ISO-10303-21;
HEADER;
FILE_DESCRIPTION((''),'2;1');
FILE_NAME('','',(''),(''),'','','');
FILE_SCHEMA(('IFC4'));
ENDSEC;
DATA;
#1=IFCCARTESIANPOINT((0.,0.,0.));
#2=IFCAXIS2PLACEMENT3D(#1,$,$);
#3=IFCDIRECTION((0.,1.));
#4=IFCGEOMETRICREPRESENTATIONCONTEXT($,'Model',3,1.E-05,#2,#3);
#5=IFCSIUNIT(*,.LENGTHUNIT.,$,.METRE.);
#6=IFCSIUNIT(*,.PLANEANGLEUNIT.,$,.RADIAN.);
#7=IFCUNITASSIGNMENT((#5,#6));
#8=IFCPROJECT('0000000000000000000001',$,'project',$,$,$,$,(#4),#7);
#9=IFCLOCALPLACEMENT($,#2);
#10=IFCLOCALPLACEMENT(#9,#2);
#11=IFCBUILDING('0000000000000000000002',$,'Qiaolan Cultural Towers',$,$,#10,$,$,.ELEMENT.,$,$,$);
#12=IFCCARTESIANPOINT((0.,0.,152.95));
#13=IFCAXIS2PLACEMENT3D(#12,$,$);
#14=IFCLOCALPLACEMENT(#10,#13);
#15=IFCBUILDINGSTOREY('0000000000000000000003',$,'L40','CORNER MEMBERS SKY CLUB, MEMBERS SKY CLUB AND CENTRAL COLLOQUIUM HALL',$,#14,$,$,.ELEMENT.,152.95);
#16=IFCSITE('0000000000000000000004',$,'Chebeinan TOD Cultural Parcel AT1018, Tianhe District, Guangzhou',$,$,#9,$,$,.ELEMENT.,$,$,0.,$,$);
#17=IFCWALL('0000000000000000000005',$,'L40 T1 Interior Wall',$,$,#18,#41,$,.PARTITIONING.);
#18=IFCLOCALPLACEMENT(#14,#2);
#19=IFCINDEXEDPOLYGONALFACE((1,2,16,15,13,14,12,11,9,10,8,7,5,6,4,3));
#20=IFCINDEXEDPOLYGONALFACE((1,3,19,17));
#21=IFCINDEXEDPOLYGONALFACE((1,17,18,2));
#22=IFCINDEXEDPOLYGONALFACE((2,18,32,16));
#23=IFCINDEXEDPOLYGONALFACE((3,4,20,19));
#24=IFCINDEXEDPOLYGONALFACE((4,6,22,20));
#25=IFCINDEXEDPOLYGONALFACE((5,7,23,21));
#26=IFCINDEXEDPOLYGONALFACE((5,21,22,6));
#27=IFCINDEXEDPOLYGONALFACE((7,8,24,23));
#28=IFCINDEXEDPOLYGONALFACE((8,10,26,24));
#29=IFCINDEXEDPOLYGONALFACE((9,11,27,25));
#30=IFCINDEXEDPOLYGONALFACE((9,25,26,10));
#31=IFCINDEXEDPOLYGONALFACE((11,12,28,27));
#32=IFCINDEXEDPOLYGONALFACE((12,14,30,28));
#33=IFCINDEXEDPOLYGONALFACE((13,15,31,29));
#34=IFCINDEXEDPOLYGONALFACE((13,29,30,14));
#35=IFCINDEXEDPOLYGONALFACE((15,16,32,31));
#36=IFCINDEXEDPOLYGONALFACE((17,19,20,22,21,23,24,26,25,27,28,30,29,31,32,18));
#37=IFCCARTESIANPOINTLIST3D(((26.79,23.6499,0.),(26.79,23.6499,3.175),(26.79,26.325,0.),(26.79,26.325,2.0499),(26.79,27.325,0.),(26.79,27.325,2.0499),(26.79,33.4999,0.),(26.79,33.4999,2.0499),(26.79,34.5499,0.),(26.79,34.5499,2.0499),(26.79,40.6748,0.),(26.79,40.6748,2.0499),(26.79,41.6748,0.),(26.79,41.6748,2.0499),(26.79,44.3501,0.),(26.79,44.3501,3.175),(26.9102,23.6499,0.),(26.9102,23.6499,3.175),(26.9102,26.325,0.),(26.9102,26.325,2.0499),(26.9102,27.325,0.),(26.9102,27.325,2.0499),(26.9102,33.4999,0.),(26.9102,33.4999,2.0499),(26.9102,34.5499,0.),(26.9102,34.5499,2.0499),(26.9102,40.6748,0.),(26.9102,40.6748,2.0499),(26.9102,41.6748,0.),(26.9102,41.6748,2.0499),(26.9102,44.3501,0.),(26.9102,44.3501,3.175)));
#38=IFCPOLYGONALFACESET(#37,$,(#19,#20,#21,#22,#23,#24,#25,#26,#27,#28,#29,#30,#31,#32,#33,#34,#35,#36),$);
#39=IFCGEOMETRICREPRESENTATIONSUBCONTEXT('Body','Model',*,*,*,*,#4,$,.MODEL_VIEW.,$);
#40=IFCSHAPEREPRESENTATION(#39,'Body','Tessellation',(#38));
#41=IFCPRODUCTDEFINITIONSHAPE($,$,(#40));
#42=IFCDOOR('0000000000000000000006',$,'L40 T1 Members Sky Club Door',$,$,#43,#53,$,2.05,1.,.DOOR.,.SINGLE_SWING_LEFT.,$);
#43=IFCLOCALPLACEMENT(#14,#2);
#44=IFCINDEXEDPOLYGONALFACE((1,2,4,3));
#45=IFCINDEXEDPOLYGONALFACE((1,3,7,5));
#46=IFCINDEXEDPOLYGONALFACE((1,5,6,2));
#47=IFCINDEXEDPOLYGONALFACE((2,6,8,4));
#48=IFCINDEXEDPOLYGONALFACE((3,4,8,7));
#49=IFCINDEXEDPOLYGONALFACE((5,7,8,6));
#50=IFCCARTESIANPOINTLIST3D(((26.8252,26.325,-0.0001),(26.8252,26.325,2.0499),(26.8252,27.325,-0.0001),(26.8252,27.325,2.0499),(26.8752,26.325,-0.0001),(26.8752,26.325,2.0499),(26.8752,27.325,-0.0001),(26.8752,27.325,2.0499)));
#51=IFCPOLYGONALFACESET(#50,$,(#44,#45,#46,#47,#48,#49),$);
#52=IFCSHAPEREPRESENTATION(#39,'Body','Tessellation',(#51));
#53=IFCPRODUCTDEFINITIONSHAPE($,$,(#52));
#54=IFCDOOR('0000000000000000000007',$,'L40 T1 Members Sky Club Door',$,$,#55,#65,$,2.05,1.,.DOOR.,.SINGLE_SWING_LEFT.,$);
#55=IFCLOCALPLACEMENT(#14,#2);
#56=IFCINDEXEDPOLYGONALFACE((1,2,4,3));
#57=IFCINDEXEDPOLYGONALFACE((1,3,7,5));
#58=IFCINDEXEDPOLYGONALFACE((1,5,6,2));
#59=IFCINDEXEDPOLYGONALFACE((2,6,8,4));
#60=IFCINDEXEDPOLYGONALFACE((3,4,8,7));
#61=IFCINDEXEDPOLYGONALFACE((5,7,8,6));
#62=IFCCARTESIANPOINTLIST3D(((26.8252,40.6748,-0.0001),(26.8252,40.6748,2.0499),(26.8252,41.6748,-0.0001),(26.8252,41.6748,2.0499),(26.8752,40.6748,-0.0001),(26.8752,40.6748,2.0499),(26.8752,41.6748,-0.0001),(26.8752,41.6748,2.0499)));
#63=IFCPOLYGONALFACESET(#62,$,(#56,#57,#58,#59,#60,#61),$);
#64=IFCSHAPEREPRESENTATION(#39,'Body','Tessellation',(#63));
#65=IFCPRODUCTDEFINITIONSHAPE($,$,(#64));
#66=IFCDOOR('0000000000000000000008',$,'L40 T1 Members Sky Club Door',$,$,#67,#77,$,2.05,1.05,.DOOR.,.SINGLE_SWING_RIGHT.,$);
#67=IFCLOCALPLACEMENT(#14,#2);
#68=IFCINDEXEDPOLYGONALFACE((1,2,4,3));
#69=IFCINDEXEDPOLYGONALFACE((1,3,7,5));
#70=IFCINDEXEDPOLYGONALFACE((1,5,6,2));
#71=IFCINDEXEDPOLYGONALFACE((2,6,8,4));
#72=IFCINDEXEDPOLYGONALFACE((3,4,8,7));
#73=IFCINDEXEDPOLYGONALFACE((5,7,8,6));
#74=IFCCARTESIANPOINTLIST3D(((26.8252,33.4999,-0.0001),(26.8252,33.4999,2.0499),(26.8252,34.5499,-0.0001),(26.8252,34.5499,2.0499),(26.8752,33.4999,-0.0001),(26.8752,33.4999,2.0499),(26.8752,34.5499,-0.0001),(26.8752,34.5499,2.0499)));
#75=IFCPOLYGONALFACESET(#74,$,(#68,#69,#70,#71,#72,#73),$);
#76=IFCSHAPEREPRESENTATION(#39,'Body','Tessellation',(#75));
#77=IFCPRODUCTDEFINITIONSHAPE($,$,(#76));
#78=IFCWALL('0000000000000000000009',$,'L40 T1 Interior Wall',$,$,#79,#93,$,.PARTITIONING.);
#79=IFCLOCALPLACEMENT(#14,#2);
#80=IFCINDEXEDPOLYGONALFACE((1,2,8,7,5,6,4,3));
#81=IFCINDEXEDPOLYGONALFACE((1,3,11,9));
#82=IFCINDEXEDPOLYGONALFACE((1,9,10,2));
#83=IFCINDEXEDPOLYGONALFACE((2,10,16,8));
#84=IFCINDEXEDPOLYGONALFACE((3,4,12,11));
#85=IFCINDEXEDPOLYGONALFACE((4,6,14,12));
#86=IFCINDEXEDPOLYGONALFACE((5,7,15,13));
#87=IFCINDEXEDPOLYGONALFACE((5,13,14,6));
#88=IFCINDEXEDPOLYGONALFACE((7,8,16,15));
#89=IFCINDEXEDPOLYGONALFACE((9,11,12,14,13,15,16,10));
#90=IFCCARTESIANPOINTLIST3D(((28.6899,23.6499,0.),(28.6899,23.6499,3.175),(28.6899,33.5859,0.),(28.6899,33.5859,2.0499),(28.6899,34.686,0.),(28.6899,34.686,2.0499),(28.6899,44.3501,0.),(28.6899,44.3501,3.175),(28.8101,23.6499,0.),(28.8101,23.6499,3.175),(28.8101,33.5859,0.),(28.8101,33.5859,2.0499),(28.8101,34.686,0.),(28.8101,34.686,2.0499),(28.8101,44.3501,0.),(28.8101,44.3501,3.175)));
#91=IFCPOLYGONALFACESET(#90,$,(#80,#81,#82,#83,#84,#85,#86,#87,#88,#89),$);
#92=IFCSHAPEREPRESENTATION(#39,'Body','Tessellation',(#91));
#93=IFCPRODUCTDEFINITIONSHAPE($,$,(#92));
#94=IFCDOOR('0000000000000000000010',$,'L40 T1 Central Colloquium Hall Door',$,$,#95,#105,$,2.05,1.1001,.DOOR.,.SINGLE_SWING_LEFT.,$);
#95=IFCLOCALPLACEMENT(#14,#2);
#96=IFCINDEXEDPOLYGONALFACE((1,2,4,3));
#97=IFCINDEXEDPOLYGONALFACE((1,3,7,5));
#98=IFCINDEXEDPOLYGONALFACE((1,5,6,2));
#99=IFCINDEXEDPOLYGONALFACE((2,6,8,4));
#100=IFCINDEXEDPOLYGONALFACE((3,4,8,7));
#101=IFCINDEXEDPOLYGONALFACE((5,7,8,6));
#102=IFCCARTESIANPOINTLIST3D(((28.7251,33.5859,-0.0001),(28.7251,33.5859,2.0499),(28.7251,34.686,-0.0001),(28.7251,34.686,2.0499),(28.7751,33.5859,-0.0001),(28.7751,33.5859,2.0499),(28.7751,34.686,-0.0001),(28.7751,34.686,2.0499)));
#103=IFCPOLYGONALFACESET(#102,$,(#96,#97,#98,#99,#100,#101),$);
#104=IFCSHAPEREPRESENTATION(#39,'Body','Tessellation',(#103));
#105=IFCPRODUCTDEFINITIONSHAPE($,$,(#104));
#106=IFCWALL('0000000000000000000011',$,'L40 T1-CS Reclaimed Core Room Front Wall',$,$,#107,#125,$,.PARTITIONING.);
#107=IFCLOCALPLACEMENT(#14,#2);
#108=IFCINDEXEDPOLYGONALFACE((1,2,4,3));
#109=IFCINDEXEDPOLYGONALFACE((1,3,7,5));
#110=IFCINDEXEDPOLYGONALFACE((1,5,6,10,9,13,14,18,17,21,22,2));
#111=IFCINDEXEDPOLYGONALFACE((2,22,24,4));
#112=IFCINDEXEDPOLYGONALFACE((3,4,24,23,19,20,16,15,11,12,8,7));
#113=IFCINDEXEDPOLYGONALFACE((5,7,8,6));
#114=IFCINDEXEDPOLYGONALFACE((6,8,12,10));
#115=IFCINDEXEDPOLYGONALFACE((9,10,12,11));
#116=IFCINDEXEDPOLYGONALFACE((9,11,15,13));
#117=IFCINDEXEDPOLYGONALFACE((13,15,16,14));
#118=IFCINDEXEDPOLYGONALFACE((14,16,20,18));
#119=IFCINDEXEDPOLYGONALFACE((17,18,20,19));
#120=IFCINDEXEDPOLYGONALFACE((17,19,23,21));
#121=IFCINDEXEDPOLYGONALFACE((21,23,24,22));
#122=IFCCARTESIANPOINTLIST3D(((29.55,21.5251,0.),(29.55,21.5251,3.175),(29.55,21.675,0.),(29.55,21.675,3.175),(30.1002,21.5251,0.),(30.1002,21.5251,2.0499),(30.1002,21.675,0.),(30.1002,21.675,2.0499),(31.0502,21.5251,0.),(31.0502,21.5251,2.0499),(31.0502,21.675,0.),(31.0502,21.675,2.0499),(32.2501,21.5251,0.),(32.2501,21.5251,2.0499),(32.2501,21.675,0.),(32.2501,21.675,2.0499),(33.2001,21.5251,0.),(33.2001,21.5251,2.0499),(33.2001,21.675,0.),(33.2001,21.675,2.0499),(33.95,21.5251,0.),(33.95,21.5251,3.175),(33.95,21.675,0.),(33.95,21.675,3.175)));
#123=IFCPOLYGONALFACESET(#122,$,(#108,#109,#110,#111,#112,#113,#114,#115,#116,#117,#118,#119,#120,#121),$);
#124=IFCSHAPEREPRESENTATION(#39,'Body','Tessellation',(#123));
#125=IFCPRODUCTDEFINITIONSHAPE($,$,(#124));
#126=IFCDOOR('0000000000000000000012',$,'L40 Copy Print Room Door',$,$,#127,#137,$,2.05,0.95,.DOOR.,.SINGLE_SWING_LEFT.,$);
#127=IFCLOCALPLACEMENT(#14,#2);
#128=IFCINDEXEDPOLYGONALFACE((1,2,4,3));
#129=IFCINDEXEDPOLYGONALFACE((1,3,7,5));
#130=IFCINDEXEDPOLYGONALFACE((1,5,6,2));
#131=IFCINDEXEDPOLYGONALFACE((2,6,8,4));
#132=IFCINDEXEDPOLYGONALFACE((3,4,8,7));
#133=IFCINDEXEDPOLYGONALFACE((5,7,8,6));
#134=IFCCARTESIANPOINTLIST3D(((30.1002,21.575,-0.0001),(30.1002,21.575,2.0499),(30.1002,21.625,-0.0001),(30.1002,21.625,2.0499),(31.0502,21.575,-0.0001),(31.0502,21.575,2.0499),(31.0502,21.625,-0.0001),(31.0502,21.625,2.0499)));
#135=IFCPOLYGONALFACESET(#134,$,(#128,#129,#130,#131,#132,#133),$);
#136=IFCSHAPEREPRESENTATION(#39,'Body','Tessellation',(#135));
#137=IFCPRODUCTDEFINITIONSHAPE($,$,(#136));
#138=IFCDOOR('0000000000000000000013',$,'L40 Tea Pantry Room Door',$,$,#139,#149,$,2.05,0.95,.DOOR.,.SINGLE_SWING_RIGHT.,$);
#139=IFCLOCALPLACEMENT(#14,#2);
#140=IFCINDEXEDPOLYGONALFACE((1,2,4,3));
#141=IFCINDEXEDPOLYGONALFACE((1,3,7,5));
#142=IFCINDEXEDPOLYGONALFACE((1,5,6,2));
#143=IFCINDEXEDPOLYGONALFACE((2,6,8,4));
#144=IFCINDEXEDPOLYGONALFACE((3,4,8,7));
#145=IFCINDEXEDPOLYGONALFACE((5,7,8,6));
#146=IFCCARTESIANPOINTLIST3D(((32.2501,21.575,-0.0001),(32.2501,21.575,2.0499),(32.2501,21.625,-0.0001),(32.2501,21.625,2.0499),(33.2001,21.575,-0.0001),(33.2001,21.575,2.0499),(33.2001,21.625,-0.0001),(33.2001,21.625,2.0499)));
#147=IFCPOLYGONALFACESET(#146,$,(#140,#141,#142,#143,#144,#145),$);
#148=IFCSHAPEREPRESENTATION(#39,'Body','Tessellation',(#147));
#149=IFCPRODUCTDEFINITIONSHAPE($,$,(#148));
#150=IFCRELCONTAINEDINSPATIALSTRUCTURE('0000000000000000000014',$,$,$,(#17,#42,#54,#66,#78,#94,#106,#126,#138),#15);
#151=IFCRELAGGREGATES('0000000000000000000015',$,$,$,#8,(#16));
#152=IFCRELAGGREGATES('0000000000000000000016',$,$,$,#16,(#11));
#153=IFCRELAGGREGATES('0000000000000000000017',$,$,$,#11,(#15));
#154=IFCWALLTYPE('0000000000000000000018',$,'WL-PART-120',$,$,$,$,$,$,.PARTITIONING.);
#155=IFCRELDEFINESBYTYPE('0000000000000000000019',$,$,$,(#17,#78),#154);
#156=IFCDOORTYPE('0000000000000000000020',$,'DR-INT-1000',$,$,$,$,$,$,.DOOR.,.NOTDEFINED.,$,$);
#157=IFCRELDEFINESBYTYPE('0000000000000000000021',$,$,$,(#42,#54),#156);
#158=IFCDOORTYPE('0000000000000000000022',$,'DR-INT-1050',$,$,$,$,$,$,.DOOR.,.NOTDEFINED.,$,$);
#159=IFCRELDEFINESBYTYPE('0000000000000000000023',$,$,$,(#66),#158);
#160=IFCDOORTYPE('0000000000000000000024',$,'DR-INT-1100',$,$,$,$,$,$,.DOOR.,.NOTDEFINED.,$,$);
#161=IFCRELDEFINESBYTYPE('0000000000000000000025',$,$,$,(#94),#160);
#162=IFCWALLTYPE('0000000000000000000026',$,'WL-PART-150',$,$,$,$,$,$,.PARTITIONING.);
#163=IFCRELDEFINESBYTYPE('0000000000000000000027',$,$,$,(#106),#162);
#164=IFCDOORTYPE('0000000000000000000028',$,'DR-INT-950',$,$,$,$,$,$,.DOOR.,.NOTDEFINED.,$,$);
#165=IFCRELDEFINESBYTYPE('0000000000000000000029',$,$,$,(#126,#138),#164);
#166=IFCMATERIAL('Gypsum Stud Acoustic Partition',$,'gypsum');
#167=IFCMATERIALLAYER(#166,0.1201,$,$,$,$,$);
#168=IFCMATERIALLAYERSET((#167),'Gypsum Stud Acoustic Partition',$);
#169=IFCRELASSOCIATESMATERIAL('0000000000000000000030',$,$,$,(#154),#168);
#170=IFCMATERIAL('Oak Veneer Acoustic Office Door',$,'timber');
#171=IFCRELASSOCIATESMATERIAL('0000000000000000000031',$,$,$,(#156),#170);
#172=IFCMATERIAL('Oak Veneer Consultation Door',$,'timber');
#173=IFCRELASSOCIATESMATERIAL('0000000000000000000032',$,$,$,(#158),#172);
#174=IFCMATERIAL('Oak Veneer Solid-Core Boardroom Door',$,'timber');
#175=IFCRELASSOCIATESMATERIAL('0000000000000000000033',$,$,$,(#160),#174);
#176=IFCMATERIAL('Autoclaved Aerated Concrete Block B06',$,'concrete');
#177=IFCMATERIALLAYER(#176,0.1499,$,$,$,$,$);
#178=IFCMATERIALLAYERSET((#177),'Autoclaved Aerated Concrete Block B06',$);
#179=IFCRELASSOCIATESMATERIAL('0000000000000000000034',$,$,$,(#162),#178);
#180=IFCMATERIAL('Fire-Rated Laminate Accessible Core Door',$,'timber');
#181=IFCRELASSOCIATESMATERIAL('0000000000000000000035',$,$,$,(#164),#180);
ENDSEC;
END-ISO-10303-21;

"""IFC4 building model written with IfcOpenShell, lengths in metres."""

from ifc_helpers import new_model, si_unit, direction, frame, frame_2d, origin, place, context, subcontext, project, spatial, rectangle, extrude, material, layer, layer_set, type_object, element, fill, save


model = new_model("IFC4")

# Units and contexts
model_context = context("Model", 3, precision=1e-05, world=origin(), true_north=direction((0.0, 1.0)))
body_context = subcontext(model_context, "Body", "Model", "MODEL_VIEW")
ifc_project = project(units=[si_unit("LENGTHUNIT", "METRE"), si_unit("PLANEANGLEUNIT", "RADIAN")], contexts=[model_context])

# Site, building, storey
site_placement = place(None, origin())
site = spatial("IfcSite", under=ifc_project, at=site_placement, Name="Chebeinan TOD Cultural Parcel AT1018, Tianhe District, Guangzhou", CompositionType="ELEMENT", RefElevation=0.0)
building_placement = place(site_placement, origin())
building = spatial("IfcBuilding", under=site, at=building_placement, Name="Qiaolan Cultural Towers", CompositionType="ELEMENT")
storey_placement = place(building_placement, frame((0.0, 0.0, 152.95)))
storey = spatial("IfcBuildingStorey", under=building, at=storey_placement, Name="L40", Description="CORNER MEMBERS SKY CLUB, MEMBERS SKY CLUB AND CENTRAL COLLOQUIUM HALL", CompositionType="ELEMENT", Elevation=152.95)

# Shared definitions
ifc_material_1 = material(Name="Gypsum Stud Acoustic Partition", Category="gypsum")
ifc_layer_1 = layer(ifc_material_1, 0.1201)
ifc_layer_set_1 = layer_set([ifc_layer_1], Name="Gypsum Stud Acoustic Partition")
wall_type_1 = type_object("IfcWallType", Name="WL-PART-120", PredefinedType="PARTITIONING", material=ifc_layer_set_1)

# Wall, openings, doors
wall_1_placement = place(storey_placement, frame((26.8501, 23.6499, 0.0), z_axis=(0.0, 0.0, 1.0), x_axis=(0.0, 1.0, 0.0)))
wall_1 = element("IfcWall", 1, at=wall_1_placement, inside=storey, type_object=wall_type_1, Name="L40 T1 Interior Wall", PredefinedType="PARTITIONING", context=body_context, shape_type="SweptSolid", body=[
    extrude(rectangle(XDim=20.7002, YDim=0.1201, at=frame_2d((10.3501, 0.0))), origin(), (0.0, 0.0, 1.0), 3.175),
])
opening_1_placement = place(wall_1_placement, frame((2.675, 0.0, 0.0)))
opening_1 = element("IfcOpeningElement", 2, at=opening_1_placement, cuts=wall_1, PredefinedType="OPENING", context=body_context, shape_type="SweptSolid", body=[
    extrude(rectangle(XDim=1.0, YDim=2.05, at=frame_2d((0.5, 1.0249))), frame((0.0, 0.0701, 0.0), z_axis=(0.0, -1.0, 0.0), x_axis=(1.0, 0.0, 0.0)), (0.0, 0.0, 1.0), 0.1401),
])
opening_2_placement = place(wall_1_placement, frame((9.8501, 0.0, 0.0)))
opening_2 = element("IfcOpeningElement", 3, at=opening_2_placement, cuts=wall_1, PredefinedType="OPENING", context=body_context, shape_type="SweptSolid", body=[
    extrude(rectangle(XDim=1.05, YDim=2.05, at=frame_2d((0.5249, 1.0249))), frame((0.0, 0.0701, 0.0), z_axis=(0.0, -1.0, 0.0), x_axis=(1.0, 0.0, 0.0)), (0.0, 0.0, 1.0), 0.1401),
])
opening_3_placement = place(wall_1_placement, frame((17.0249, 0.0, 0.0)))
opening_3 = element("IfcOpeningElement", 4, at=opening_3_placement, cuts=wall_1, PredefinedType="OPENING", context=body_context, shape_type="SweptSolid", body=[
    extrude(rectangle(XDim=1.0, YDim=2.05, at=frame_2d((0.5, 1.0249))), frame((0.0, 0.0701, 0.0), z_axis=(0.0, -1.0, 0.0), x_axis=(1.0, 0.0, 0.0)), (0.0, 0.0, 1.0), 0.1401),
])
ifc_material_2 = material(Name="Oak Veneer Acoustic Office Door", Category="timber")
door_type_1 = type_object("IfcDoorType", Name="DR-INT-1000", OperationType="NOTDEFINED", PredefinedType="DOOR", material=ifc_material_2)
door_1_placement = place(opening_1_placement, origin())
door_1 = element("IfcDoor", 5, at=door_1_placement, inside=storey, type_object=door_type_1, Name="L40 T1 Members Sky Club Door", OperationType="SINGLE_SWING_LEFT", OverallHeight=2.05, OverallWidth=1.0, PredefinedType="DOOR", context=body_context, shape_type="SweptSolid", body=[
    extrude(rectangle(XDim=1.0, YDim=2.05, at=frame_2d((0.5, 1.0249))), frame((0.0, 0.0249, 0.0), z_axis=(0.0, -1.0, 0.0), x_axis=(1.0, 0.0, 0.0)), (0.0, 0.0, 1.0), 0.05),
])
fill(opening_1, door_1)
door_2_placement = place(opening_3_placement, origin())
door_2 = element("IfcDoor", 6, at=door_2_placement, inside=storey, type_object=door_type_1, Name="L40 T1 Members Sky Club Door", OperationType="SINGLE_SWING_LEFT", OverallHeight=2.05, OverallWidth=1.0, PredefinedType="DOOR", context=body_context, shape_type="SweptSolid", body=[
    extrude(rectangle(XDim=1.0, YDim=2.05, at=frame_2d((0.5, 1.0249))), frame((0.0, 0.0249, 0.0), z_axis=(0.0, -1.0, 0.0), x_axis=(1.0, 0.0, 0.0)), (0.0, 0.0, 1.0), 0.05),
])
fill(opening_3, door_2)
ifc_material_3 = material(Name="Oak Veneer Consultation Door", Category="timber")
door_type_2 = type_object("IfcDoorType", Name="DR-INT-1050", OperationType="NOTDEFINED", PredefinedType="DOOR", material=ifc_material_3)
door_3_placement = place(opening_2_placement, origin())
door_3 = element("IfcDoor", 7, at=door_3_placement, inside=storey, type_object=door_type_2, Name="L40 T1 Members Sky Club Door", OperationType="SINGLE_SWING_RIGHT", OverallHeight=2.05, OverallWidth=1.05, PredefinedType="DOOR", context=body_context, shape_type="SweptSolid", body=[
    extrude(rectangle(XDim=1.05, YDim=2.05, at=frame_2d((0.5249, 1.0249))), frame((0.0, 0.0249, 0.0), z_axis=(0.0, -1.0, 0.0), x_axis=(1.0, 0.0, 0.0)), (0.0, 0.0, 1.0), 0.05),
])
fill(opening_2, door_3)

# Wall, opening, door
wall_2_placement = place(storey_placement, frame((28.75, 23.6499, 0.0), z_axis=(0.0, 0.0, 1.0), x_axis=(0.0, 1.0, 0.0)))
wall_2 = element("IfcWall", 8, at=wall_2_placement, inside=storey, type_object=wall_type_1, Name="L40 T1 Interior Wall", PredefinedType="PARTITIONING", context=body_context, shape_type="SweptSolid", body=[
    extrude(rectangle(XDim=20.7002, YDim=0.1201, at=frame_2d((10.3501, 0.0))), origin(), (0.0, 0.0, 1.0), 3.175),
])
opening_4_placement = place(wall_2_placement, frame((9.936, 0.0, 0.0)))
opening_4 = element("IfcOpeningElement", 9, at=opening_4_placement, cuts=wall_2, PredefinedType="OPENING", context=body_context, shape_type="SweptSolid", body=[
    extrude(rectangle(XDim=1.1001, YDim=2.05, at=frame_2d((0.55, 1.0249))), frame((0.0, 0.0701, 0.0), z_axis=(0.0, -1.0, 0.0), x_axis=(1.0, 0.0, 0.0)), (0.0, 0.0, 1.0), 0.1401),
])
ifc_material_4 = material(Name="Oak Veneer Solid-Core Boardroom Door", Category="timber")
door_type_3 = type_object("IfcDoorType", Name="DR-INT-1100", OperationType="NOTDEFINED", PredefinedType="DOOR", material=ifc_material_4)
door_4_placement = place(opening_4_placement, origin())
door_4 = element("IfcDoor", 10, at=door_4_placement, inside=storey, type_object=door_type_3, Name="L40 T1 Central Colloquium Hall Door", OperationType="SINGLE_SWING_LEFT", OverallHeight=2.05, OverallWidth=1.1001, PredefinedType="DOOR", context=body_context, shape_type="SweptSolid", body=[
    extrude(rectangle(XDim=1.1001, YDim=2.05, at=frame_2d((0.55, 1.0249))), frame((0.0, 0.0249, 0.0), z_axis=(0.0, -1.0, 0.0), x_axis=(1.0, 0.0, 0.0)), (0.0, 0.0, 1.0), 0.05),
])
fill(opening_4, door_4)

# Wall, openings, doors
ifc_material_5 = material(Name="Autoclaved Aerated Concrete Block B06", Category="concrete")
ifc_layer_2 = layer(ifc_material_5, 0.1499)
ifc_layer_set_2 = layer_set([ifc_layer_2], Name="Autoclaved Aerated Concrete Block B06")
wall_type_2 = type_object("IfcWallType", Name="WL-PART-150", PredefinedType="PARTITIONING", material=ifc_layer_set_2)
wall_3_placement = place(storey_placement, frame((29.55, 21.6001, 0.0), z_axis=(0.0, 0.0, 1.0), x_axis=(1.0, 0.0, 0.0)))
wall_3 = element("IfcWall", 11, at=wall_3_placement, inside=storey, type_object=wall_type_2, Name="L40 T1-CS Reclaimed Core Room Front Wall", PredefinedType="PARTITIONING", context=body_context, shape_type="SweptSolid", body=[
    extrude(rectangle(XDim=4.3999, YDim=0.1499, at=frame_2d((2.2, 0.0))), origin(), (0.0, 0.0, 1.0), 3.175),
])
opening_5_placement = place(wall_3_placement, frame((0.55, 0.0, 0.0)))
opening_5 = element("IfcOpeningElement", 12, at=opening_5_placement, cuts=wall_3, PredefinedType="OPENING", context=body_context, shape_type="SweptSolid", body=[
    extrude(rectangle(XDim=0.95, YDim=2.05, at=frame_2d((0.4751, 1.0249))), frame((0.0, 0.085, 0.0), z_axis=(0.0, -1.0, 0.0), x_axis=(1.0, 0.0, 0.0)), (0.0, 0.0, 1.0), 0.1699),
])
opening_6_placement = place(wall_3_placement, frame((2.7, 0.0, 0.0)))
opening_6 = element("IfcOpeningElement", 13, at=opening_6_placement, cuts=wall_3, PredefinedType="OPENING", context=body_context, shape_type="SweptSolid", body=[
    extrude(rectangle(XDim=0.95, YDim=2.05, at=frame_2d((0.4751, 1.0249))), frame((0.0, 0.085, 0.0), z_axis=(0.0, -1.0, 0.0), x_axis=(1.0, 0.0, 0.0)), (0.0, 0.0, 1.0), 0.1699),
])
ifc_material_6 = material(Name="Fire-Rated Laminate Accessible Core Door", Category="timber")
door_type_4 = type_object("IfcDoorType", Name="DR-INT-950", OperationType="NOTDEFINED", PredefinedType="DOOR", material=ifc_material_6)
door_5_placement = place(opening_5_placement, origin())
door_5 = element("IfcDoor", 14, at=door_5_placement, inside=storey, type_object=door_type_4, Name="L40 Copy Print Room Door", OperationType="SINGLE_SWING_LEFT", OverallHeight=2.05, OverallWidth=0.95, PredefinedType="DOOR", context=body_context, shape_type="SweptSolid", body=[
    extrude(rectangle(XDim=0.95, YDim=2.05, at=frame_2d((0.4751, 1.0249))), frame((0.0, 0.0249, 0.0), z_axis=(0.0, -1.0, 0.0), x_axis=(1.0, 0.0, 0.0)), (0.0, 0.0, 1.0), 0.05),
])
fill(opening_5, door_5)
door_6_placement = place(opening_6_placement, origin())
door_6 = element("IfcDoor", 15, at=door_6_placement, inside=storey, type_object=door_type_4, Name="L40 Tea Pantry Room Door", OperationType="SINGLE_SWING_RIGHT", OverallHeight=2.05, OverallWidth=0.95, PredefinedType="DOOR", context=body_context, shape_type="SweptSolid", body=[
    extrude(rectangle(XDim=0.95, YDim=2.05, at=frame_2d((0.4751, 1.0249))), frame((0.0, 0.0249, 0.0), z_axis=(0.0, -1.0, 0.0), x_axis=(1.0, 0.0, 0.0)), (0.0, 0.0, 1.0), 0.05),
])
fill(opening_6, door_6)

save(model, "model.ifc")
